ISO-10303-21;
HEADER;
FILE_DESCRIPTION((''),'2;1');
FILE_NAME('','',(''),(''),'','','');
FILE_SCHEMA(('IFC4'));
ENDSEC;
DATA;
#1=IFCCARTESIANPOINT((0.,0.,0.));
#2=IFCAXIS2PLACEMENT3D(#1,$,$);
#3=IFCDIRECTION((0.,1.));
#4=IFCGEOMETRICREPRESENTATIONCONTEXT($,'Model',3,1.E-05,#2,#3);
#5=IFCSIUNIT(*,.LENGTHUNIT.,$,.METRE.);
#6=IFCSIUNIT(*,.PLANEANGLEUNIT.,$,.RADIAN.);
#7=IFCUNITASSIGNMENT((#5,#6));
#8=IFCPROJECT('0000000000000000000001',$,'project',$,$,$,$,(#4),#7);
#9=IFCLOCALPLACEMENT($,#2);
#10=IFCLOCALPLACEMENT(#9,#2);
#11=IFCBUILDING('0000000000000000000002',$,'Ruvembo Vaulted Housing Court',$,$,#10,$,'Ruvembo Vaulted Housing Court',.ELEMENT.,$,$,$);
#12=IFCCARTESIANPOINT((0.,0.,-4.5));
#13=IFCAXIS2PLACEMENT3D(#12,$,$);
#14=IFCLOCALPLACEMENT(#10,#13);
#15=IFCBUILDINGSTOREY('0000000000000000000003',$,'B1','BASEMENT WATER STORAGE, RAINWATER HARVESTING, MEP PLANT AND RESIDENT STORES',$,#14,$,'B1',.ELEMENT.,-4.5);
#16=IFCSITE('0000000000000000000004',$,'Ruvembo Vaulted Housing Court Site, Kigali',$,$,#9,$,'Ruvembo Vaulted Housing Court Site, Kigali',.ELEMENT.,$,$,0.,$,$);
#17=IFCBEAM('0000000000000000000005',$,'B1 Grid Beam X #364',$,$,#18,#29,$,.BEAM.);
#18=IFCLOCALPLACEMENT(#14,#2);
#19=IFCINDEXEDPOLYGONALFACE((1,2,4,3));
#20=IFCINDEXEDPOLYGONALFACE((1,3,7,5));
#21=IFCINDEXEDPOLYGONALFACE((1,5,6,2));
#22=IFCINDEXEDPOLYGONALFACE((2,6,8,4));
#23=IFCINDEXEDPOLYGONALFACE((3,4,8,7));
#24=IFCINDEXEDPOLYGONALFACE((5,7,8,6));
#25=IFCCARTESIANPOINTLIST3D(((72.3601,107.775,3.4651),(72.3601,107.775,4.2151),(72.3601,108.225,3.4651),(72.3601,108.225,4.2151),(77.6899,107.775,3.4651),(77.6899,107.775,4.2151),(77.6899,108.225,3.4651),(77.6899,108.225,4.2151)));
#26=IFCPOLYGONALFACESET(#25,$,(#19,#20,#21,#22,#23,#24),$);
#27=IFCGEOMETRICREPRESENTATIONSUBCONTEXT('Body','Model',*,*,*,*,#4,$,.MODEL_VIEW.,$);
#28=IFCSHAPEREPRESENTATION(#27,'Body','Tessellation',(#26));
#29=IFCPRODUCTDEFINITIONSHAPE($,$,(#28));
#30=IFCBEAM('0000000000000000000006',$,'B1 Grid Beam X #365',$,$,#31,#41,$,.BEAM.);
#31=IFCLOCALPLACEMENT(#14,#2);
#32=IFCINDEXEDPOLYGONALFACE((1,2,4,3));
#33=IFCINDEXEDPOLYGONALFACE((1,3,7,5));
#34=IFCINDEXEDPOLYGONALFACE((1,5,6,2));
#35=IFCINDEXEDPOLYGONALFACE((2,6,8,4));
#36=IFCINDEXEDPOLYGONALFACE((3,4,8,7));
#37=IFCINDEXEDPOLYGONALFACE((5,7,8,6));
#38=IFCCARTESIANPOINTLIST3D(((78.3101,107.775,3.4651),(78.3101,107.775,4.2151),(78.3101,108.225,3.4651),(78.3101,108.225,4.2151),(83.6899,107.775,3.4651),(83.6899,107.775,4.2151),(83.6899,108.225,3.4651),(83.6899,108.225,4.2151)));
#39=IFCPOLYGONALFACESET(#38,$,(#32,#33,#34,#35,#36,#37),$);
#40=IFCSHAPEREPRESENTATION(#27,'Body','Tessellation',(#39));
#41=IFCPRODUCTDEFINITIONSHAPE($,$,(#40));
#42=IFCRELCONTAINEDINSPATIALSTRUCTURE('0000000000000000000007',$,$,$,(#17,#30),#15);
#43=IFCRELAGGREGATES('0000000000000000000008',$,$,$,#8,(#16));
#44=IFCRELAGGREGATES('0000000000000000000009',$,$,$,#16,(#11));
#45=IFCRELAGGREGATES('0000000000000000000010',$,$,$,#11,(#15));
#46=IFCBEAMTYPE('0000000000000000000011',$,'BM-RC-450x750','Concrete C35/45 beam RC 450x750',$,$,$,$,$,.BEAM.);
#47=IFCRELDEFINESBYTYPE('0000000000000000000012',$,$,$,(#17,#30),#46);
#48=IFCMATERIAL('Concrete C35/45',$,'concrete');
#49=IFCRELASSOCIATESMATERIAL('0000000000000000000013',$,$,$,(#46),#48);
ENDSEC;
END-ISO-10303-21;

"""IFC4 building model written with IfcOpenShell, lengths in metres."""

from ifc_helpers import new_model, si_unit, direction, frame, origin, origin_2d, place, context, subcontext, project, spatial, rectangle, extrude, material, material_profile, profile_set, type_object, element, save


model = new_model("IFC4")

# Units and contexts
model_context = context("Model", 3, precision=1e-05, world=origin(), true_north=direction((0.0, 1.0)))
body_context = subcontext(model_context, "Body", "Model", "MODEL_VIEW")
ifc_project = project(units=[si_unit("LENGTHUNIT", "METRE"), si_unit("PLANEANGLEUNIT", "RADIAN")], contexts=[model_context])

# Site, building, storey
site_placement = place(None, origin())
site = spatial("IfcSite", under=ifc_project, at=site_placement, Name="Ruvembo Vaulted Housing Court Site, Kigali", LongName="Ruvembo Vaulted Housing Court Site, Kigali", CompositionType="ELEMENT", RefElevation=0.0)
building_placement = place(site_placement, origin())
building = spatial("IfcBuilding", under=site, at=building_placement, Name="Ruvembo Vaulted Housing Court", LongName="Ruvembo Vaulted Housing Court", CompositionType="ELEMENT")
storey_placement = place(building_placement, frame((0.0, 0.0, -4.5)))
storey = spatial("IfcBuildingStorey", under=building, at=storey_placement, Name="B1", Description="BASEMENT WATER STORAGE, RAINWATER HARVESTING, MEP PLANT AND RESIDENT STORES", LongName="B1", CompositionType="ELEMENT", Elevation=-4.5)

# Shared definitions
ifc_material_1 = material(Name="Concrete C35/45", Category="concrete")

# Beams
ifc_material_profile_1 = material_profile(ifc_material_1, rectangle(XDim=0.45, YDim=0.75, at=origin_2d()), Name="RC 450x750")
ifc_profile_set_1 = profile_set([ifc_material_profile_1], Name="Concrete C35/45")
beam_type_1 = type_object("IfcBeamType", Name="BM-RC-450x750", Description="Concrete C35/45 beam RC 450x750", PredefinedType="BEAM", material=ifc_profile_set_1)
beam_1_placement = place(storey_placement, frame((72.3601, 108.0, 3.8401), z_axis=(1.0, 0.0, 0.0), x_axis=(0.0, 1.0, 0.0)))
element("IfcBeam", 1, at=beam_1_placement, inside=storey, type_object=beam_type_1, Name="B1 Grid Beam X #364", PredefinedType="BEAM", context=body_context, shape_type="SweptSolid", body=[
    extrude(rectangle(XDim=0.45, YDim=0.75, at=origin_2d()), origin(), (0.0, 0.0, 1.0), 5.3298),
])
beam_2_placement = place(storey_placement, frame((78.3101, 108.0, 3.8401), z_axis=(1.0, 0.0, 0.0), x_axis=(0.0, 1.0, 0.0)))
element("IfcBeam", 2, at=beam_2_placement, inside=storey, type_object=beam_type_1, Name="B1 Grid Beam X #365", PredefinedType="BEAM", context=body_context, shape_type="SweptSolid", body=[
    extrude(rectangle(XDim=0.45, YDim=0.75, at=origin_2d()), origin(), (0.0, 0.0, 1.0), 5.3799),
])

save(model, "model.ifc")
